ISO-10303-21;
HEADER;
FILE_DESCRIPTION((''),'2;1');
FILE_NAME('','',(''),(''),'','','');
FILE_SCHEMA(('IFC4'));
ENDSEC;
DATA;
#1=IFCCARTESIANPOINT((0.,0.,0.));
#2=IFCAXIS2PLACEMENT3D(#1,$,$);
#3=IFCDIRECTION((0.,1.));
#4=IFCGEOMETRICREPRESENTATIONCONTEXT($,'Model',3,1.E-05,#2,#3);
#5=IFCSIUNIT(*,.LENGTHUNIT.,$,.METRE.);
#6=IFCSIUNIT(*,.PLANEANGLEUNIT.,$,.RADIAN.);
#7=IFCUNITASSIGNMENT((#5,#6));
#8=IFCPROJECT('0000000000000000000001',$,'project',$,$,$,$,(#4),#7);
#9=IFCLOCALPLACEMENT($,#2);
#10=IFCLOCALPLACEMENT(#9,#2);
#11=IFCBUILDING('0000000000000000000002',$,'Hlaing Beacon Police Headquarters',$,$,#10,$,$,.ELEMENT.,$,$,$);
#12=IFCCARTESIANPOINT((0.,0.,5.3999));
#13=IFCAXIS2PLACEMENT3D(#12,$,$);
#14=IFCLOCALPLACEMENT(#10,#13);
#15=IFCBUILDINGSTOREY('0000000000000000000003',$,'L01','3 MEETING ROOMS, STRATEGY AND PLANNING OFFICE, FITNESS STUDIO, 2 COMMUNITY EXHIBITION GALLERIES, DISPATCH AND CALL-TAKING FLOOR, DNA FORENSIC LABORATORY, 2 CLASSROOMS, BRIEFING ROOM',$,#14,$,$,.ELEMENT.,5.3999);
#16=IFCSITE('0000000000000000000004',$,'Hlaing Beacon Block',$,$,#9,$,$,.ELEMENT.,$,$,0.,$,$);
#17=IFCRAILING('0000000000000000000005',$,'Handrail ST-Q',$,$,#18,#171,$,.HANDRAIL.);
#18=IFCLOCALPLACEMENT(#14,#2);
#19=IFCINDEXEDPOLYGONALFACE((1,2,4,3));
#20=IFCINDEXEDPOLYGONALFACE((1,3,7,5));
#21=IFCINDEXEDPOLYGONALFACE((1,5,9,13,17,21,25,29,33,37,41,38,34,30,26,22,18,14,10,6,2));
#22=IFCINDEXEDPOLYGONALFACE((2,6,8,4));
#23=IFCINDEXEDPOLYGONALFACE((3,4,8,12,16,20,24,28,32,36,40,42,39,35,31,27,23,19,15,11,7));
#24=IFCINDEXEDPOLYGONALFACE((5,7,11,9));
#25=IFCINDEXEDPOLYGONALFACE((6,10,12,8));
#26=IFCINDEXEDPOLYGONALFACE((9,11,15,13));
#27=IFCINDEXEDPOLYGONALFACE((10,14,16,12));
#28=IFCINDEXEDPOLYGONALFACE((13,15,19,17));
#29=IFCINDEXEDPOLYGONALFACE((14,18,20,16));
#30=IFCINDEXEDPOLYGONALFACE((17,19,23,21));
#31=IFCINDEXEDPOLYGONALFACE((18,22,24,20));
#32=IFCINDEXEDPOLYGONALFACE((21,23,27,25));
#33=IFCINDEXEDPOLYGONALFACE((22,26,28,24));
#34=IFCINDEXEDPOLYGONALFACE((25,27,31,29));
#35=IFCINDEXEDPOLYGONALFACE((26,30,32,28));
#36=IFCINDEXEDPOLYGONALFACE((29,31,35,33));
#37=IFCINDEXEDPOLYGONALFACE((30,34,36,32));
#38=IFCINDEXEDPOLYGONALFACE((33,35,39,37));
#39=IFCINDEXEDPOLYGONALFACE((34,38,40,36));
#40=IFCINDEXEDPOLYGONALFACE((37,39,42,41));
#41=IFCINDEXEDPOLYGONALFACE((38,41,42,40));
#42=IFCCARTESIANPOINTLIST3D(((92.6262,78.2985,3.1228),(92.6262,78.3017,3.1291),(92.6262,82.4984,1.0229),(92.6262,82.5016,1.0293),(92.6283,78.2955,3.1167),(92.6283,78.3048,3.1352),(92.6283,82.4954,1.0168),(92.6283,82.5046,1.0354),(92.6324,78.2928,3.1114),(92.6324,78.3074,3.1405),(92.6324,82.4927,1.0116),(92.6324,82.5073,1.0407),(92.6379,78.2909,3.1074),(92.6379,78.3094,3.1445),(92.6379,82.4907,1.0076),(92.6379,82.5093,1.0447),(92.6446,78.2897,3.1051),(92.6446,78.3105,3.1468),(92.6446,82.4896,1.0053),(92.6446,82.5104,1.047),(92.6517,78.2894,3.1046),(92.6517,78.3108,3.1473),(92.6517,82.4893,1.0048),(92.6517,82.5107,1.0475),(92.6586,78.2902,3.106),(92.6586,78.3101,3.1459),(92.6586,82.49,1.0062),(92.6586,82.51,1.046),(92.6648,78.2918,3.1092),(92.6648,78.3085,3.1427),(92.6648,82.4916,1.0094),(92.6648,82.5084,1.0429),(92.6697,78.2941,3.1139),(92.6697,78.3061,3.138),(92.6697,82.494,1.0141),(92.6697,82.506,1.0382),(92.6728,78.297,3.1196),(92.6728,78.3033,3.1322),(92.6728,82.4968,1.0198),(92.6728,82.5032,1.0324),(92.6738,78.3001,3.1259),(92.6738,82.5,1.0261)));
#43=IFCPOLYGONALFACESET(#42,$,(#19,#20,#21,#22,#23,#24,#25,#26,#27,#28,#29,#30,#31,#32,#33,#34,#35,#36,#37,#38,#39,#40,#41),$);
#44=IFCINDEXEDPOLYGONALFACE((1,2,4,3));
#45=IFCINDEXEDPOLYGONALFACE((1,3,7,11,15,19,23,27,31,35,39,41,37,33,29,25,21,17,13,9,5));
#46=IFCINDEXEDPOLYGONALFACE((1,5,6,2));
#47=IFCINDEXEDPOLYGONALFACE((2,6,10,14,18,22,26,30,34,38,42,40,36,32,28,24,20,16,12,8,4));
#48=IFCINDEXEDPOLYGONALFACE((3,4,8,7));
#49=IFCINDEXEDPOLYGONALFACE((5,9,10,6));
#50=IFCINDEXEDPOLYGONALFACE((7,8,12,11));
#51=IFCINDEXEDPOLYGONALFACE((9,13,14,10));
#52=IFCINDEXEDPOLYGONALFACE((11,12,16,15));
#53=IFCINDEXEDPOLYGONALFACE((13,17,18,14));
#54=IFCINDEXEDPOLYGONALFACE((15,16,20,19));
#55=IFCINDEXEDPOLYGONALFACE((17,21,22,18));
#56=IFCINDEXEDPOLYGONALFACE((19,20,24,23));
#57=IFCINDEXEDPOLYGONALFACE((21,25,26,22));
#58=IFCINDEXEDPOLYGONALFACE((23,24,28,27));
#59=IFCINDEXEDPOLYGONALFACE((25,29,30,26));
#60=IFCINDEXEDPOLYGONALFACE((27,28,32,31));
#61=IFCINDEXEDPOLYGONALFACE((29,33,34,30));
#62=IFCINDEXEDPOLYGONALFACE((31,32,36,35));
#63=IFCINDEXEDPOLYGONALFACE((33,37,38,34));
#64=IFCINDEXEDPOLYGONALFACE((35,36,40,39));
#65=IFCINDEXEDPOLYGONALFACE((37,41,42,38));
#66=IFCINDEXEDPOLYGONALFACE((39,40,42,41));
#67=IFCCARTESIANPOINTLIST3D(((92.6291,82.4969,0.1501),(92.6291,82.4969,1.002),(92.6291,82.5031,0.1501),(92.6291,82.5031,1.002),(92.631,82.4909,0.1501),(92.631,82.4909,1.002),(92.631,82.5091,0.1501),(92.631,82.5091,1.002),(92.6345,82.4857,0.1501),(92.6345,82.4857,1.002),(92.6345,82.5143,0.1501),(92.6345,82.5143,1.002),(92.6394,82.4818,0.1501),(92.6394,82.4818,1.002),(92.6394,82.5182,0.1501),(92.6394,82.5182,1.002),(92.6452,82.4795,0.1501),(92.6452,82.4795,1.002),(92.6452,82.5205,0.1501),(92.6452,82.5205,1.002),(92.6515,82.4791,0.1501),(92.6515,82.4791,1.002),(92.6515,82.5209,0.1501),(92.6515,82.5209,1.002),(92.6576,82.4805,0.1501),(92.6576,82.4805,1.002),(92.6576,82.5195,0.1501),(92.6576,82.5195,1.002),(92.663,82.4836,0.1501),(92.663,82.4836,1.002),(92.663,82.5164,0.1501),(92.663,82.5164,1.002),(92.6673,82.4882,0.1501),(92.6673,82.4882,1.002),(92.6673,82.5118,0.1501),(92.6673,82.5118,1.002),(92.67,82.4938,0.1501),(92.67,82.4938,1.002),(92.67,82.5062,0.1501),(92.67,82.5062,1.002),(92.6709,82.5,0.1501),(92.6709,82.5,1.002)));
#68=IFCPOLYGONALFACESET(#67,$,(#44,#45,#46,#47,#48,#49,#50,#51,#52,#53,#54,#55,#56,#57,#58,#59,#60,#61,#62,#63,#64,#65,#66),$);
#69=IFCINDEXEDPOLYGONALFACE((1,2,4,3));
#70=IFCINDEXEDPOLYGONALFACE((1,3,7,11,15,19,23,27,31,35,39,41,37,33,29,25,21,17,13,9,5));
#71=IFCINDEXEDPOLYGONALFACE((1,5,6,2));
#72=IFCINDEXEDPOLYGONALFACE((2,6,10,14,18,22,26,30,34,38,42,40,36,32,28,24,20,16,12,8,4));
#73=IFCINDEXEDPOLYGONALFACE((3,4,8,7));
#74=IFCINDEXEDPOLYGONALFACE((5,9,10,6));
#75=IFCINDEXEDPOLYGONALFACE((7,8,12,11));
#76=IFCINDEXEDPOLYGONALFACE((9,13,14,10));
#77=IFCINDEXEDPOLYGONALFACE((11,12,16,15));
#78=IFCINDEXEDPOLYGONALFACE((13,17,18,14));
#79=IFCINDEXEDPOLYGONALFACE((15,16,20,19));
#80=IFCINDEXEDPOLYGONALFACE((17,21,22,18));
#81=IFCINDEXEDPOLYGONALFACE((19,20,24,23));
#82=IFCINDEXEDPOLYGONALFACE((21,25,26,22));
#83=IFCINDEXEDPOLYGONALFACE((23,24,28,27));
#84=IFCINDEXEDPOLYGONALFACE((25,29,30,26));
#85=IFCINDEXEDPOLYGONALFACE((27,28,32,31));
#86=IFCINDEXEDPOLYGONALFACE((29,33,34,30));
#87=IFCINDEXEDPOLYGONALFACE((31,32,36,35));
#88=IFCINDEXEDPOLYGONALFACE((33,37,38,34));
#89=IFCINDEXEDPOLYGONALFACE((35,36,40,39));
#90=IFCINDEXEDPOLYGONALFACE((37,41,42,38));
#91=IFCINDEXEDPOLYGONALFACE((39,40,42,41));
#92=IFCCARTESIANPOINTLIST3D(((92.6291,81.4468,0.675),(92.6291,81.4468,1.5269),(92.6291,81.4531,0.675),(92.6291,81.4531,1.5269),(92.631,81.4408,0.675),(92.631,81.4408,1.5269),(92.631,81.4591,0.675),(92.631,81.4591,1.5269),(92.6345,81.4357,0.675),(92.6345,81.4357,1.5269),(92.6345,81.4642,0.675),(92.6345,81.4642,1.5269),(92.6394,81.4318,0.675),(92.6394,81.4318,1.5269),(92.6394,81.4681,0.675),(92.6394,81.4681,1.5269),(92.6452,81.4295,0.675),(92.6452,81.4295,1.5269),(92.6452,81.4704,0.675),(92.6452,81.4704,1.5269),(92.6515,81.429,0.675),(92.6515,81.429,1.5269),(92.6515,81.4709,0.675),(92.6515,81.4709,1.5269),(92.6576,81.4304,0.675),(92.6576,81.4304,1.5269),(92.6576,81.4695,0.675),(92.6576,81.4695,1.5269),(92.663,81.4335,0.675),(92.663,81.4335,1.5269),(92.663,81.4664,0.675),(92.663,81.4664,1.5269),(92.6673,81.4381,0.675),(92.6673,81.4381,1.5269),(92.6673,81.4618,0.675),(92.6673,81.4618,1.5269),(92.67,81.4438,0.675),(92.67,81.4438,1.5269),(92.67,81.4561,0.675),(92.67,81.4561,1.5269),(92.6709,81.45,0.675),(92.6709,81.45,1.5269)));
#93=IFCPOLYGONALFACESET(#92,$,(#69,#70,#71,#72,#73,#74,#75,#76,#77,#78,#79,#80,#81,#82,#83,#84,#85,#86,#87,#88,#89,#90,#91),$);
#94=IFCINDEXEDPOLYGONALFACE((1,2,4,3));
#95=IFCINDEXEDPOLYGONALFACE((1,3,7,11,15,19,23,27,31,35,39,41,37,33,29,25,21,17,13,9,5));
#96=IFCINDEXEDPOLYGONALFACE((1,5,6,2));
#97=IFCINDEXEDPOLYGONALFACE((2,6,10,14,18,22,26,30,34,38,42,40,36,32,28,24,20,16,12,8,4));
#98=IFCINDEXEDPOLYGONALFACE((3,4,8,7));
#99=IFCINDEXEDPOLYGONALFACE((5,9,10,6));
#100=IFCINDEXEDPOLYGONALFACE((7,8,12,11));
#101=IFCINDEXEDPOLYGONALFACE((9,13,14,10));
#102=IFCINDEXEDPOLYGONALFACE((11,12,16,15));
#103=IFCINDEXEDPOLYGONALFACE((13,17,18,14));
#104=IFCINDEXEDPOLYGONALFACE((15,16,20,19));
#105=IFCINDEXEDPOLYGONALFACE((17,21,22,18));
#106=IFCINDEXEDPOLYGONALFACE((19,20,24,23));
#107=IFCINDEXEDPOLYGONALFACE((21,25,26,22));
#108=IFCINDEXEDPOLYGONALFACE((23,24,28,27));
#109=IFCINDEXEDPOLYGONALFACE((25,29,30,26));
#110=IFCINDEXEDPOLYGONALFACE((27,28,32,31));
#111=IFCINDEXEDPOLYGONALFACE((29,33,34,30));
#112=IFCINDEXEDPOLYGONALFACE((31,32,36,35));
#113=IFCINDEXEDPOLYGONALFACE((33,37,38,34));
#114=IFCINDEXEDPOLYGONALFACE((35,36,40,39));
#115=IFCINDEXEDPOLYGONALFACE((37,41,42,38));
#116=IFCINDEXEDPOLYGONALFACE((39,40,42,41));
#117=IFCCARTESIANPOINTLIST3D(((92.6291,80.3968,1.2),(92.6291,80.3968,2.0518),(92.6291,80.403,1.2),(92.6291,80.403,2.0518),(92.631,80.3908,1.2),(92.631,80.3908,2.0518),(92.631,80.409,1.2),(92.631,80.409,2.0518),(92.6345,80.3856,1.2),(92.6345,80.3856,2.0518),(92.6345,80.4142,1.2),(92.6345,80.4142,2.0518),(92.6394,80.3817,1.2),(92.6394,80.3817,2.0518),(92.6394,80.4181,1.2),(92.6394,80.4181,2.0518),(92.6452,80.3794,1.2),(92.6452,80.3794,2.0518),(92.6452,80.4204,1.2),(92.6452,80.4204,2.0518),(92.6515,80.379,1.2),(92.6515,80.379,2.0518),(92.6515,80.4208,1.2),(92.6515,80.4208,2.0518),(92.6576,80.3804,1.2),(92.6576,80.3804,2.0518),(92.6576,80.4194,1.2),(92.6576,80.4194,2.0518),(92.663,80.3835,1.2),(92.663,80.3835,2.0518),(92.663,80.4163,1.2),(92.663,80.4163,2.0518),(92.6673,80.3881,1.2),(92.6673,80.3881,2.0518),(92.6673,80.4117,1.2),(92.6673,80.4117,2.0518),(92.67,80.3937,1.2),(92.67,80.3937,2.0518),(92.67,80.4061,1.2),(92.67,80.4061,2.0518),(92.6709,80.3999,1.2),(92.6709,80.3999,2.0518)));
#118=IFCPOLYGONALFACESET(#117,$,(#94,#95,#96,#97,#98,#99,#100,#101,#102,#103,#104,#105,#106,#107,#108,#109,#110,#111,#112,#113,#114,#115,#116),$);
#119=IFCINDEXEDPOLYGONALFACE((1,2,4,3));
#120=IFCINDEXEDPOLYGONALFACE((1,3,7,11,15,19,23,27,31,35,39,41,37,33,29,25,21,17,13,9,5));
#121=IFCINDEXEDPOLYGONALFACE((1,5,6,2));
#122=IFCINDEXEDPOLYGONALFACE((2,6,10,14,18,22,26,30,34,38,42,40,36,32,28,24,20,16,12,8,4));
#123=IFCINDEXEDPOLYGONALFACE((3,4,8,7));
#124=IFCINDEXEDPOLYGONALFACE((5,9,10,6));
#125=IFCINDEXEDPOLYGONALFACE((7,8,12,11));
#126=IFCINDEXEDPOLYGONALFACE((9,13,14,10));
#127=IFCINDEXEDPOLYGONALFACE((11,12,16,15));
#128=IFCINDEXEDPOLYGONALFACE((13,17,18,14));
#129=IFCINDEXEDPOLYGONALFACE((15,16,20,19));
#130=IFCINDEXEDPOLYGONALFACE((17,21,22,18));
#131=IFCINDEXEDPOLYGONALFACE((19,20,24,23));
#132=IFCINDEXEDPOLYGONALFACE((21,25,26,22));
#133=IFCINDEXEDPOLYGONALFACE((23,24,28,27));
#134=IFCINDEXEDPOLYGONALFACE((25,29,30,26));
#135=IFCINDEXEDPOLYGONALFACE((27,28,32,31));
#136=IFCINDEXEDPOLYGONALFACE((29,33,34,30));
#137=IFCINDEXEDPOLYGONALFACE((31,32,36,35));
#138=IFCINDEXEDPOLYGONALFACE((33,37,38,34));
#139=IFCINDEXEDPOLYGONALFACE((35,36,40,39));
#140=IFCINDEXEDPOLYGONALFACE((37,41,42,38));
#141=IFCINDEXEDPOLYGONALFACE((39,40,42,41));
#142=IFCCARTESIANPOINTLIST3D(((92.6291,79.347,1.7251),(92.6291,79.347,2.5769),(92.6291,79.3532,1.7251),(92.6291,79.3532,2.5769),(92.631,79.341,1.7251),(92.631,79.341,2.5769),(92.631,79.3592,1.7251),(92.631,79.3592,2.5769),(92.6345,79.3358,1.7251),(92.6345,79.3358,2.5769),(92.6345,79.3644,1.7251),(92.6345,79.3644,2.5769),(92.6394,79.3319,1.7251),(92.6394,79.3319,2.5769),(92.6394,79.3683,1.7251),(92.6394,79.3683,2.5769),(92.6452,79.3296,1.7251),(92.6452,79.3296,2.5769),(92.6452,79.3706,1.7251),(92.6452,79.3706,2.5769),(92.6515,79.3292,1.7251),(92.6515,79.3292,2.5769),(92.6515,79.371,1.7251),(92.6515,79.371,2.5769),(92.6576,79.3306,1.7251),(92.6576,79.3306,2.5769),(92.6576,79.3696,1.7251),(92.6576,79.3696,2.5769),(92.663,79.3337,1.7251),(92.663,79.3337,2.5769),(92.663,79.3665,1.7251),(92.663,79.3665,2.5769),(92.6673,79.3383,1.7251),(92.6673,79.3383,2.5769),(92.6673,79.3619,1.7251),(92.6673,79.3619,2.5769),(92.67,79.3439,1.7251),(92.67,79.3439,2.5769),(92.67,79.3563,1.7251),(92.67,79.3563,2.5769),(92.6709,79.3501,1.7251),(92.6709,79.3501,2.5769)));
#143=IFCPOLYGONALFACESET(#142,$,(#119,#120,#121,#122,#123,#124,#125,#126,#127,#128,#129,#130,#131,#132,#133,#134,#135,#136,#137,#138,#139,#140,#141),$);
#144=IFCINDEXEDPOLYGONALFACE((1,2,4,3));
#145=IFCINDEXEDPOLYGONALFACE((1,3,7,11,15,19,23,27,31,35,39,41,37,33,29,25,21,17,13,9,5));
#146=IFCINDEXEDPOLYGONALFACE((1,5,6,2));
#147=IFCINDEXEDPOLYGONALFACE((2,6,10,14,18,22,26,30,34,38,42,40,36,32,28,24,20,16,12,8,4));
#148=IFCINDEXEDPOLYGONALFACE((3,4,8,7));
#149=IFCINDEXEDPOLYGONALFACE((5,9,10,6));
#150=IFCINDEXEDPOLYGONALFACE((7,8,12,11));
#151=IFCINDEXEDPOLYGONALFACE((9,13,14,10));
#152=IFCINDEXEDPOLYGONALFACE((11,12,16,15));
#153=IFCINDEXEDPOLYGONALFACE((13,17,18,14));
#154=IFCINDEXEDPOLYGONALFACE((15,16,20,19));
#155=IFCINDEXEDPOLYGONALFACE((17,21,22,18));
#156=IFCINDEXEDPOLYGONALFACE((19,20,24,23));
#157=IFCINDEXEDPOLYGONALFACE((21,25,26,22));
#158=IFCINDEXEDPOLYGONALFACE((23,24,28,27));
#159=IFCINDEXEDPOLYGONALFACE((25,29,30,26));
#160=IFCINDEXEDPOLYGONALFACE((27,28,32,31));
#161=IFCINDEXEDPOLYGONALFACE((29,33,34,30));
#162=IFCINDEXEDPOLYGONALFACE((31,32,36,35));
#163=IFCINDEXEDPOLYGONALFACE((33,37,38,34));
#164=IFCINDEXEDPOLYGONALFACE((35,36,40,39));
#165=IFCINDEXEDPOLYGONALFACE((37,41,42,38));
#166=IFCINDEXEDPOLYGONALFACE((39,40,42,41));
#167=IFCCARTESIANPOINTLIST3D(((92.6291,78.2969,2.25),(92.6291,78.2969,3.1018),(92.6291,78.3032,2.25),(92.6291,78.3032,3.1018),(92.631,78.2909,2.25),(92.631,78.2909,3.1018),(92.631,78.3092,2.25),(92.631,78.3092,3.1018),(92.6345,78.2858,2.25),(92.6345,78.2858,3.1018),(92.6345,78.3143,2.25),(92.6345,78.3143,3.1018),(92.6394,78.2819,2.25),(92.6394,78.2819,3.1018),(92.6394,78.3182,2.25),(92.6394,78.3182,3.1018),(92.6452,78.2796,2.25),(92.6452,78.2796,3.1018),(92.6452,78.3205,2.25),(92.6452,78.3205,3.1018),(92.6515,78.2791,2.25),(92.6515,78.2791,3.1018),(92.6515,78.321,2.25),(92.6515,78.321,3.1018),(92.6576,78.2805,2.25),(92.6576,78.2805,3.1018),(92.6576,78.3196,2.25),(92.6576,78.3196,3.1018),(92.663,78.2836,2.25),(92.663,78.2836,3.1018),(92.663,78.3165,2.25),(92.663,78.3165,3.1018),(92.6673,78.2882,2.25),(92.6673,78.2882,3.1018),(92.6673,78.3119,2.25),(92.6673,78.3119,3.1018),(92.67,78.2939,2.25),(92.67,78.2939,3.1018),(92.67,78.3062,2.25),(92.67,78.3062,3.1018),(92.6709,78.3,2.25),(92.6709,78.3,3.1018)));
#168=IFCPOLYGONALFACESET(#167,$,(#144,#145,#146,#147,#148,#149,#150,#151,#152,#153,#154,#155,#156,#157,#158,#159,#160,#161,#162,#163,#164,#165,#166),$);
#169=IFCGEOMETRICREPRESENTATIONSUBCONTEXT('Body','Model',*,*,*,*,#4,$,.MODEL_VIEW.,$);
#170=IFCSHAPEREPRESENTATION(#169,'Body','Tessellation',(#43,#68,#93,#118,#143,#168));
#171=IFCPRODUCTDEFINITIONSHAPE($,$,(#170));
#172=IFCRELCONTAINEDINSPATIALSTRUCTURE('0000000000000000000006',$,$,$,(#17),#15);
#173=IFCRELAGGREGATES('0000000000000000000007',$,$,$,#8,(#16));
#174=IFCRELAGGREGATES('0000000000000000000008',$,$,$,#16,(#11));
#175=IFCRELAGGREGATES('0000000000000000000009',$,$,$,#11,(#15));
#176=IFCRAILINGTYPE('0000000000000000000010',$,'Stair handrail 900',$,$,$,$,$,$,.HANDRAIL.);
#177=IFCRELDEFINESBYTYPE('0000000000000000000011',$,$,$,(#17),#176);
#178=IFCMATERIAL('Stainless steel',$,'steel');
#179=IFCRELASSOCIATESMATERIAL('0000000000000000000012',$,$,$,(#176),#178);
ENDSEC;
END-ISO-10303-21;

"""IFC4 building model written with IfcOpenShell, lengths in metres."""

from ifc_helpers import new_model, si_unit, direction, frame, origin, origin_2d, place, context, subcontext, project, spatial, circle, extrude, material, type_object, element, save


model = new_model("IFC4")

# Units and contexts
model_context = context("Model", 3, precision=1e-05, world=origin(), true_north=direction((0.0, 1.0)))
body_context = subcontext(model_context, "Body", "Model", "MODEL_VIEW")
ifc_project = project(units=[si_unit("LENGTHUNIT", "METRE"), si_unit("PLANEANGLEUNIT", "RADIAN")], contexts=[model_context])

# Site, building, storey
site_placement = place(None, origin())
site = spatial("IfcSite", under=ifc_project, at=site_placement, Name="Hlaing Beacon Block", CompositionType="ELEMENT", RefElevation=0.0)
building_placement = place(site_placement, origin())
building = spatial("IfcBuilding", under=site, at=building_placement, Name="Hlaing Beacon Police Headquarters", CompositionType="ELEMENT")
storey_placement = place(building_placement, frame((0.0, 0.0, 5.3999)))
storey = spatial("IfcBuildingStorey", under=building, at=storey_placement, Name="L01", Description="3 MEETING ROOMS, STRATEGY AND PLANNING OFFICE, FITNESS STUDIO, 2 COMMUNITY EXHIBITION GALLERIES, DISPATCH AND CALL-TAKING FLOOR, DNA FORENSIC LABORATORY, 2 CLASSROOMS, BRIEFING ROOM", CompositionType="ELEMENT", Elevation=5.3999)

# Railing
ifc_material_1 = material(Name="Stainless steel", Category="steel")
railing_type_1 = type_object("IfcRailingType", Name="Stair handrail 900", PredefinedType="HANDRAIL", material=ifc_material_1)
for number, where, name in (
    (1, (92.6499, 82.5, 0.1501), "Handrail ST-Q"),
):
    element("IfcRailing", number, at=place(storey_placement, frame(where)), inside=storey, type_object=railing_type_1, Name=name, PredefinedType="HANDRAIL", context=body_context, shape_type="SweptSolid", body=[
        extrude(circle(Radius=0.0239, at=origin_2d()), frame((0.0, 0.0, 0.876), z_axis=(0.0, -0.894438, 0.447193), x_axis=(1.0, 0.0, 0.0)), (0.0, 0.0, 1.0), 4.6956),
        extrude(circle(Radius=0.021, at=origin_2d()), origin(), (0.0, 0.0, 1.0), 0.8518),
        extrude(circle(Radius=0.021, at=origin_2d()), frame((0.0, -1.05, 0.5249)), (0.0, 0.0, 1.0), 0.8518),
        extrude(circle(Radius=0.021, at=origin_2d()), frame((0.0, -2.1001, 1.0498)), (0.0, 0.0, 1.0), 0.8518),
        extrude(circle(Radius=0.021, at=origin_2d()), frame((0.0, -3.1499, 1.575)), (0.0, 0.0, 1.0), 0.8518),
        extrude(circle(Radius=0.021, at=origin_2d()), frame((0.0, -4.2, 2.0999)), (0.0, 0.0, 1.0), 0.8518),
    ])

save(model, "model.ifc")
